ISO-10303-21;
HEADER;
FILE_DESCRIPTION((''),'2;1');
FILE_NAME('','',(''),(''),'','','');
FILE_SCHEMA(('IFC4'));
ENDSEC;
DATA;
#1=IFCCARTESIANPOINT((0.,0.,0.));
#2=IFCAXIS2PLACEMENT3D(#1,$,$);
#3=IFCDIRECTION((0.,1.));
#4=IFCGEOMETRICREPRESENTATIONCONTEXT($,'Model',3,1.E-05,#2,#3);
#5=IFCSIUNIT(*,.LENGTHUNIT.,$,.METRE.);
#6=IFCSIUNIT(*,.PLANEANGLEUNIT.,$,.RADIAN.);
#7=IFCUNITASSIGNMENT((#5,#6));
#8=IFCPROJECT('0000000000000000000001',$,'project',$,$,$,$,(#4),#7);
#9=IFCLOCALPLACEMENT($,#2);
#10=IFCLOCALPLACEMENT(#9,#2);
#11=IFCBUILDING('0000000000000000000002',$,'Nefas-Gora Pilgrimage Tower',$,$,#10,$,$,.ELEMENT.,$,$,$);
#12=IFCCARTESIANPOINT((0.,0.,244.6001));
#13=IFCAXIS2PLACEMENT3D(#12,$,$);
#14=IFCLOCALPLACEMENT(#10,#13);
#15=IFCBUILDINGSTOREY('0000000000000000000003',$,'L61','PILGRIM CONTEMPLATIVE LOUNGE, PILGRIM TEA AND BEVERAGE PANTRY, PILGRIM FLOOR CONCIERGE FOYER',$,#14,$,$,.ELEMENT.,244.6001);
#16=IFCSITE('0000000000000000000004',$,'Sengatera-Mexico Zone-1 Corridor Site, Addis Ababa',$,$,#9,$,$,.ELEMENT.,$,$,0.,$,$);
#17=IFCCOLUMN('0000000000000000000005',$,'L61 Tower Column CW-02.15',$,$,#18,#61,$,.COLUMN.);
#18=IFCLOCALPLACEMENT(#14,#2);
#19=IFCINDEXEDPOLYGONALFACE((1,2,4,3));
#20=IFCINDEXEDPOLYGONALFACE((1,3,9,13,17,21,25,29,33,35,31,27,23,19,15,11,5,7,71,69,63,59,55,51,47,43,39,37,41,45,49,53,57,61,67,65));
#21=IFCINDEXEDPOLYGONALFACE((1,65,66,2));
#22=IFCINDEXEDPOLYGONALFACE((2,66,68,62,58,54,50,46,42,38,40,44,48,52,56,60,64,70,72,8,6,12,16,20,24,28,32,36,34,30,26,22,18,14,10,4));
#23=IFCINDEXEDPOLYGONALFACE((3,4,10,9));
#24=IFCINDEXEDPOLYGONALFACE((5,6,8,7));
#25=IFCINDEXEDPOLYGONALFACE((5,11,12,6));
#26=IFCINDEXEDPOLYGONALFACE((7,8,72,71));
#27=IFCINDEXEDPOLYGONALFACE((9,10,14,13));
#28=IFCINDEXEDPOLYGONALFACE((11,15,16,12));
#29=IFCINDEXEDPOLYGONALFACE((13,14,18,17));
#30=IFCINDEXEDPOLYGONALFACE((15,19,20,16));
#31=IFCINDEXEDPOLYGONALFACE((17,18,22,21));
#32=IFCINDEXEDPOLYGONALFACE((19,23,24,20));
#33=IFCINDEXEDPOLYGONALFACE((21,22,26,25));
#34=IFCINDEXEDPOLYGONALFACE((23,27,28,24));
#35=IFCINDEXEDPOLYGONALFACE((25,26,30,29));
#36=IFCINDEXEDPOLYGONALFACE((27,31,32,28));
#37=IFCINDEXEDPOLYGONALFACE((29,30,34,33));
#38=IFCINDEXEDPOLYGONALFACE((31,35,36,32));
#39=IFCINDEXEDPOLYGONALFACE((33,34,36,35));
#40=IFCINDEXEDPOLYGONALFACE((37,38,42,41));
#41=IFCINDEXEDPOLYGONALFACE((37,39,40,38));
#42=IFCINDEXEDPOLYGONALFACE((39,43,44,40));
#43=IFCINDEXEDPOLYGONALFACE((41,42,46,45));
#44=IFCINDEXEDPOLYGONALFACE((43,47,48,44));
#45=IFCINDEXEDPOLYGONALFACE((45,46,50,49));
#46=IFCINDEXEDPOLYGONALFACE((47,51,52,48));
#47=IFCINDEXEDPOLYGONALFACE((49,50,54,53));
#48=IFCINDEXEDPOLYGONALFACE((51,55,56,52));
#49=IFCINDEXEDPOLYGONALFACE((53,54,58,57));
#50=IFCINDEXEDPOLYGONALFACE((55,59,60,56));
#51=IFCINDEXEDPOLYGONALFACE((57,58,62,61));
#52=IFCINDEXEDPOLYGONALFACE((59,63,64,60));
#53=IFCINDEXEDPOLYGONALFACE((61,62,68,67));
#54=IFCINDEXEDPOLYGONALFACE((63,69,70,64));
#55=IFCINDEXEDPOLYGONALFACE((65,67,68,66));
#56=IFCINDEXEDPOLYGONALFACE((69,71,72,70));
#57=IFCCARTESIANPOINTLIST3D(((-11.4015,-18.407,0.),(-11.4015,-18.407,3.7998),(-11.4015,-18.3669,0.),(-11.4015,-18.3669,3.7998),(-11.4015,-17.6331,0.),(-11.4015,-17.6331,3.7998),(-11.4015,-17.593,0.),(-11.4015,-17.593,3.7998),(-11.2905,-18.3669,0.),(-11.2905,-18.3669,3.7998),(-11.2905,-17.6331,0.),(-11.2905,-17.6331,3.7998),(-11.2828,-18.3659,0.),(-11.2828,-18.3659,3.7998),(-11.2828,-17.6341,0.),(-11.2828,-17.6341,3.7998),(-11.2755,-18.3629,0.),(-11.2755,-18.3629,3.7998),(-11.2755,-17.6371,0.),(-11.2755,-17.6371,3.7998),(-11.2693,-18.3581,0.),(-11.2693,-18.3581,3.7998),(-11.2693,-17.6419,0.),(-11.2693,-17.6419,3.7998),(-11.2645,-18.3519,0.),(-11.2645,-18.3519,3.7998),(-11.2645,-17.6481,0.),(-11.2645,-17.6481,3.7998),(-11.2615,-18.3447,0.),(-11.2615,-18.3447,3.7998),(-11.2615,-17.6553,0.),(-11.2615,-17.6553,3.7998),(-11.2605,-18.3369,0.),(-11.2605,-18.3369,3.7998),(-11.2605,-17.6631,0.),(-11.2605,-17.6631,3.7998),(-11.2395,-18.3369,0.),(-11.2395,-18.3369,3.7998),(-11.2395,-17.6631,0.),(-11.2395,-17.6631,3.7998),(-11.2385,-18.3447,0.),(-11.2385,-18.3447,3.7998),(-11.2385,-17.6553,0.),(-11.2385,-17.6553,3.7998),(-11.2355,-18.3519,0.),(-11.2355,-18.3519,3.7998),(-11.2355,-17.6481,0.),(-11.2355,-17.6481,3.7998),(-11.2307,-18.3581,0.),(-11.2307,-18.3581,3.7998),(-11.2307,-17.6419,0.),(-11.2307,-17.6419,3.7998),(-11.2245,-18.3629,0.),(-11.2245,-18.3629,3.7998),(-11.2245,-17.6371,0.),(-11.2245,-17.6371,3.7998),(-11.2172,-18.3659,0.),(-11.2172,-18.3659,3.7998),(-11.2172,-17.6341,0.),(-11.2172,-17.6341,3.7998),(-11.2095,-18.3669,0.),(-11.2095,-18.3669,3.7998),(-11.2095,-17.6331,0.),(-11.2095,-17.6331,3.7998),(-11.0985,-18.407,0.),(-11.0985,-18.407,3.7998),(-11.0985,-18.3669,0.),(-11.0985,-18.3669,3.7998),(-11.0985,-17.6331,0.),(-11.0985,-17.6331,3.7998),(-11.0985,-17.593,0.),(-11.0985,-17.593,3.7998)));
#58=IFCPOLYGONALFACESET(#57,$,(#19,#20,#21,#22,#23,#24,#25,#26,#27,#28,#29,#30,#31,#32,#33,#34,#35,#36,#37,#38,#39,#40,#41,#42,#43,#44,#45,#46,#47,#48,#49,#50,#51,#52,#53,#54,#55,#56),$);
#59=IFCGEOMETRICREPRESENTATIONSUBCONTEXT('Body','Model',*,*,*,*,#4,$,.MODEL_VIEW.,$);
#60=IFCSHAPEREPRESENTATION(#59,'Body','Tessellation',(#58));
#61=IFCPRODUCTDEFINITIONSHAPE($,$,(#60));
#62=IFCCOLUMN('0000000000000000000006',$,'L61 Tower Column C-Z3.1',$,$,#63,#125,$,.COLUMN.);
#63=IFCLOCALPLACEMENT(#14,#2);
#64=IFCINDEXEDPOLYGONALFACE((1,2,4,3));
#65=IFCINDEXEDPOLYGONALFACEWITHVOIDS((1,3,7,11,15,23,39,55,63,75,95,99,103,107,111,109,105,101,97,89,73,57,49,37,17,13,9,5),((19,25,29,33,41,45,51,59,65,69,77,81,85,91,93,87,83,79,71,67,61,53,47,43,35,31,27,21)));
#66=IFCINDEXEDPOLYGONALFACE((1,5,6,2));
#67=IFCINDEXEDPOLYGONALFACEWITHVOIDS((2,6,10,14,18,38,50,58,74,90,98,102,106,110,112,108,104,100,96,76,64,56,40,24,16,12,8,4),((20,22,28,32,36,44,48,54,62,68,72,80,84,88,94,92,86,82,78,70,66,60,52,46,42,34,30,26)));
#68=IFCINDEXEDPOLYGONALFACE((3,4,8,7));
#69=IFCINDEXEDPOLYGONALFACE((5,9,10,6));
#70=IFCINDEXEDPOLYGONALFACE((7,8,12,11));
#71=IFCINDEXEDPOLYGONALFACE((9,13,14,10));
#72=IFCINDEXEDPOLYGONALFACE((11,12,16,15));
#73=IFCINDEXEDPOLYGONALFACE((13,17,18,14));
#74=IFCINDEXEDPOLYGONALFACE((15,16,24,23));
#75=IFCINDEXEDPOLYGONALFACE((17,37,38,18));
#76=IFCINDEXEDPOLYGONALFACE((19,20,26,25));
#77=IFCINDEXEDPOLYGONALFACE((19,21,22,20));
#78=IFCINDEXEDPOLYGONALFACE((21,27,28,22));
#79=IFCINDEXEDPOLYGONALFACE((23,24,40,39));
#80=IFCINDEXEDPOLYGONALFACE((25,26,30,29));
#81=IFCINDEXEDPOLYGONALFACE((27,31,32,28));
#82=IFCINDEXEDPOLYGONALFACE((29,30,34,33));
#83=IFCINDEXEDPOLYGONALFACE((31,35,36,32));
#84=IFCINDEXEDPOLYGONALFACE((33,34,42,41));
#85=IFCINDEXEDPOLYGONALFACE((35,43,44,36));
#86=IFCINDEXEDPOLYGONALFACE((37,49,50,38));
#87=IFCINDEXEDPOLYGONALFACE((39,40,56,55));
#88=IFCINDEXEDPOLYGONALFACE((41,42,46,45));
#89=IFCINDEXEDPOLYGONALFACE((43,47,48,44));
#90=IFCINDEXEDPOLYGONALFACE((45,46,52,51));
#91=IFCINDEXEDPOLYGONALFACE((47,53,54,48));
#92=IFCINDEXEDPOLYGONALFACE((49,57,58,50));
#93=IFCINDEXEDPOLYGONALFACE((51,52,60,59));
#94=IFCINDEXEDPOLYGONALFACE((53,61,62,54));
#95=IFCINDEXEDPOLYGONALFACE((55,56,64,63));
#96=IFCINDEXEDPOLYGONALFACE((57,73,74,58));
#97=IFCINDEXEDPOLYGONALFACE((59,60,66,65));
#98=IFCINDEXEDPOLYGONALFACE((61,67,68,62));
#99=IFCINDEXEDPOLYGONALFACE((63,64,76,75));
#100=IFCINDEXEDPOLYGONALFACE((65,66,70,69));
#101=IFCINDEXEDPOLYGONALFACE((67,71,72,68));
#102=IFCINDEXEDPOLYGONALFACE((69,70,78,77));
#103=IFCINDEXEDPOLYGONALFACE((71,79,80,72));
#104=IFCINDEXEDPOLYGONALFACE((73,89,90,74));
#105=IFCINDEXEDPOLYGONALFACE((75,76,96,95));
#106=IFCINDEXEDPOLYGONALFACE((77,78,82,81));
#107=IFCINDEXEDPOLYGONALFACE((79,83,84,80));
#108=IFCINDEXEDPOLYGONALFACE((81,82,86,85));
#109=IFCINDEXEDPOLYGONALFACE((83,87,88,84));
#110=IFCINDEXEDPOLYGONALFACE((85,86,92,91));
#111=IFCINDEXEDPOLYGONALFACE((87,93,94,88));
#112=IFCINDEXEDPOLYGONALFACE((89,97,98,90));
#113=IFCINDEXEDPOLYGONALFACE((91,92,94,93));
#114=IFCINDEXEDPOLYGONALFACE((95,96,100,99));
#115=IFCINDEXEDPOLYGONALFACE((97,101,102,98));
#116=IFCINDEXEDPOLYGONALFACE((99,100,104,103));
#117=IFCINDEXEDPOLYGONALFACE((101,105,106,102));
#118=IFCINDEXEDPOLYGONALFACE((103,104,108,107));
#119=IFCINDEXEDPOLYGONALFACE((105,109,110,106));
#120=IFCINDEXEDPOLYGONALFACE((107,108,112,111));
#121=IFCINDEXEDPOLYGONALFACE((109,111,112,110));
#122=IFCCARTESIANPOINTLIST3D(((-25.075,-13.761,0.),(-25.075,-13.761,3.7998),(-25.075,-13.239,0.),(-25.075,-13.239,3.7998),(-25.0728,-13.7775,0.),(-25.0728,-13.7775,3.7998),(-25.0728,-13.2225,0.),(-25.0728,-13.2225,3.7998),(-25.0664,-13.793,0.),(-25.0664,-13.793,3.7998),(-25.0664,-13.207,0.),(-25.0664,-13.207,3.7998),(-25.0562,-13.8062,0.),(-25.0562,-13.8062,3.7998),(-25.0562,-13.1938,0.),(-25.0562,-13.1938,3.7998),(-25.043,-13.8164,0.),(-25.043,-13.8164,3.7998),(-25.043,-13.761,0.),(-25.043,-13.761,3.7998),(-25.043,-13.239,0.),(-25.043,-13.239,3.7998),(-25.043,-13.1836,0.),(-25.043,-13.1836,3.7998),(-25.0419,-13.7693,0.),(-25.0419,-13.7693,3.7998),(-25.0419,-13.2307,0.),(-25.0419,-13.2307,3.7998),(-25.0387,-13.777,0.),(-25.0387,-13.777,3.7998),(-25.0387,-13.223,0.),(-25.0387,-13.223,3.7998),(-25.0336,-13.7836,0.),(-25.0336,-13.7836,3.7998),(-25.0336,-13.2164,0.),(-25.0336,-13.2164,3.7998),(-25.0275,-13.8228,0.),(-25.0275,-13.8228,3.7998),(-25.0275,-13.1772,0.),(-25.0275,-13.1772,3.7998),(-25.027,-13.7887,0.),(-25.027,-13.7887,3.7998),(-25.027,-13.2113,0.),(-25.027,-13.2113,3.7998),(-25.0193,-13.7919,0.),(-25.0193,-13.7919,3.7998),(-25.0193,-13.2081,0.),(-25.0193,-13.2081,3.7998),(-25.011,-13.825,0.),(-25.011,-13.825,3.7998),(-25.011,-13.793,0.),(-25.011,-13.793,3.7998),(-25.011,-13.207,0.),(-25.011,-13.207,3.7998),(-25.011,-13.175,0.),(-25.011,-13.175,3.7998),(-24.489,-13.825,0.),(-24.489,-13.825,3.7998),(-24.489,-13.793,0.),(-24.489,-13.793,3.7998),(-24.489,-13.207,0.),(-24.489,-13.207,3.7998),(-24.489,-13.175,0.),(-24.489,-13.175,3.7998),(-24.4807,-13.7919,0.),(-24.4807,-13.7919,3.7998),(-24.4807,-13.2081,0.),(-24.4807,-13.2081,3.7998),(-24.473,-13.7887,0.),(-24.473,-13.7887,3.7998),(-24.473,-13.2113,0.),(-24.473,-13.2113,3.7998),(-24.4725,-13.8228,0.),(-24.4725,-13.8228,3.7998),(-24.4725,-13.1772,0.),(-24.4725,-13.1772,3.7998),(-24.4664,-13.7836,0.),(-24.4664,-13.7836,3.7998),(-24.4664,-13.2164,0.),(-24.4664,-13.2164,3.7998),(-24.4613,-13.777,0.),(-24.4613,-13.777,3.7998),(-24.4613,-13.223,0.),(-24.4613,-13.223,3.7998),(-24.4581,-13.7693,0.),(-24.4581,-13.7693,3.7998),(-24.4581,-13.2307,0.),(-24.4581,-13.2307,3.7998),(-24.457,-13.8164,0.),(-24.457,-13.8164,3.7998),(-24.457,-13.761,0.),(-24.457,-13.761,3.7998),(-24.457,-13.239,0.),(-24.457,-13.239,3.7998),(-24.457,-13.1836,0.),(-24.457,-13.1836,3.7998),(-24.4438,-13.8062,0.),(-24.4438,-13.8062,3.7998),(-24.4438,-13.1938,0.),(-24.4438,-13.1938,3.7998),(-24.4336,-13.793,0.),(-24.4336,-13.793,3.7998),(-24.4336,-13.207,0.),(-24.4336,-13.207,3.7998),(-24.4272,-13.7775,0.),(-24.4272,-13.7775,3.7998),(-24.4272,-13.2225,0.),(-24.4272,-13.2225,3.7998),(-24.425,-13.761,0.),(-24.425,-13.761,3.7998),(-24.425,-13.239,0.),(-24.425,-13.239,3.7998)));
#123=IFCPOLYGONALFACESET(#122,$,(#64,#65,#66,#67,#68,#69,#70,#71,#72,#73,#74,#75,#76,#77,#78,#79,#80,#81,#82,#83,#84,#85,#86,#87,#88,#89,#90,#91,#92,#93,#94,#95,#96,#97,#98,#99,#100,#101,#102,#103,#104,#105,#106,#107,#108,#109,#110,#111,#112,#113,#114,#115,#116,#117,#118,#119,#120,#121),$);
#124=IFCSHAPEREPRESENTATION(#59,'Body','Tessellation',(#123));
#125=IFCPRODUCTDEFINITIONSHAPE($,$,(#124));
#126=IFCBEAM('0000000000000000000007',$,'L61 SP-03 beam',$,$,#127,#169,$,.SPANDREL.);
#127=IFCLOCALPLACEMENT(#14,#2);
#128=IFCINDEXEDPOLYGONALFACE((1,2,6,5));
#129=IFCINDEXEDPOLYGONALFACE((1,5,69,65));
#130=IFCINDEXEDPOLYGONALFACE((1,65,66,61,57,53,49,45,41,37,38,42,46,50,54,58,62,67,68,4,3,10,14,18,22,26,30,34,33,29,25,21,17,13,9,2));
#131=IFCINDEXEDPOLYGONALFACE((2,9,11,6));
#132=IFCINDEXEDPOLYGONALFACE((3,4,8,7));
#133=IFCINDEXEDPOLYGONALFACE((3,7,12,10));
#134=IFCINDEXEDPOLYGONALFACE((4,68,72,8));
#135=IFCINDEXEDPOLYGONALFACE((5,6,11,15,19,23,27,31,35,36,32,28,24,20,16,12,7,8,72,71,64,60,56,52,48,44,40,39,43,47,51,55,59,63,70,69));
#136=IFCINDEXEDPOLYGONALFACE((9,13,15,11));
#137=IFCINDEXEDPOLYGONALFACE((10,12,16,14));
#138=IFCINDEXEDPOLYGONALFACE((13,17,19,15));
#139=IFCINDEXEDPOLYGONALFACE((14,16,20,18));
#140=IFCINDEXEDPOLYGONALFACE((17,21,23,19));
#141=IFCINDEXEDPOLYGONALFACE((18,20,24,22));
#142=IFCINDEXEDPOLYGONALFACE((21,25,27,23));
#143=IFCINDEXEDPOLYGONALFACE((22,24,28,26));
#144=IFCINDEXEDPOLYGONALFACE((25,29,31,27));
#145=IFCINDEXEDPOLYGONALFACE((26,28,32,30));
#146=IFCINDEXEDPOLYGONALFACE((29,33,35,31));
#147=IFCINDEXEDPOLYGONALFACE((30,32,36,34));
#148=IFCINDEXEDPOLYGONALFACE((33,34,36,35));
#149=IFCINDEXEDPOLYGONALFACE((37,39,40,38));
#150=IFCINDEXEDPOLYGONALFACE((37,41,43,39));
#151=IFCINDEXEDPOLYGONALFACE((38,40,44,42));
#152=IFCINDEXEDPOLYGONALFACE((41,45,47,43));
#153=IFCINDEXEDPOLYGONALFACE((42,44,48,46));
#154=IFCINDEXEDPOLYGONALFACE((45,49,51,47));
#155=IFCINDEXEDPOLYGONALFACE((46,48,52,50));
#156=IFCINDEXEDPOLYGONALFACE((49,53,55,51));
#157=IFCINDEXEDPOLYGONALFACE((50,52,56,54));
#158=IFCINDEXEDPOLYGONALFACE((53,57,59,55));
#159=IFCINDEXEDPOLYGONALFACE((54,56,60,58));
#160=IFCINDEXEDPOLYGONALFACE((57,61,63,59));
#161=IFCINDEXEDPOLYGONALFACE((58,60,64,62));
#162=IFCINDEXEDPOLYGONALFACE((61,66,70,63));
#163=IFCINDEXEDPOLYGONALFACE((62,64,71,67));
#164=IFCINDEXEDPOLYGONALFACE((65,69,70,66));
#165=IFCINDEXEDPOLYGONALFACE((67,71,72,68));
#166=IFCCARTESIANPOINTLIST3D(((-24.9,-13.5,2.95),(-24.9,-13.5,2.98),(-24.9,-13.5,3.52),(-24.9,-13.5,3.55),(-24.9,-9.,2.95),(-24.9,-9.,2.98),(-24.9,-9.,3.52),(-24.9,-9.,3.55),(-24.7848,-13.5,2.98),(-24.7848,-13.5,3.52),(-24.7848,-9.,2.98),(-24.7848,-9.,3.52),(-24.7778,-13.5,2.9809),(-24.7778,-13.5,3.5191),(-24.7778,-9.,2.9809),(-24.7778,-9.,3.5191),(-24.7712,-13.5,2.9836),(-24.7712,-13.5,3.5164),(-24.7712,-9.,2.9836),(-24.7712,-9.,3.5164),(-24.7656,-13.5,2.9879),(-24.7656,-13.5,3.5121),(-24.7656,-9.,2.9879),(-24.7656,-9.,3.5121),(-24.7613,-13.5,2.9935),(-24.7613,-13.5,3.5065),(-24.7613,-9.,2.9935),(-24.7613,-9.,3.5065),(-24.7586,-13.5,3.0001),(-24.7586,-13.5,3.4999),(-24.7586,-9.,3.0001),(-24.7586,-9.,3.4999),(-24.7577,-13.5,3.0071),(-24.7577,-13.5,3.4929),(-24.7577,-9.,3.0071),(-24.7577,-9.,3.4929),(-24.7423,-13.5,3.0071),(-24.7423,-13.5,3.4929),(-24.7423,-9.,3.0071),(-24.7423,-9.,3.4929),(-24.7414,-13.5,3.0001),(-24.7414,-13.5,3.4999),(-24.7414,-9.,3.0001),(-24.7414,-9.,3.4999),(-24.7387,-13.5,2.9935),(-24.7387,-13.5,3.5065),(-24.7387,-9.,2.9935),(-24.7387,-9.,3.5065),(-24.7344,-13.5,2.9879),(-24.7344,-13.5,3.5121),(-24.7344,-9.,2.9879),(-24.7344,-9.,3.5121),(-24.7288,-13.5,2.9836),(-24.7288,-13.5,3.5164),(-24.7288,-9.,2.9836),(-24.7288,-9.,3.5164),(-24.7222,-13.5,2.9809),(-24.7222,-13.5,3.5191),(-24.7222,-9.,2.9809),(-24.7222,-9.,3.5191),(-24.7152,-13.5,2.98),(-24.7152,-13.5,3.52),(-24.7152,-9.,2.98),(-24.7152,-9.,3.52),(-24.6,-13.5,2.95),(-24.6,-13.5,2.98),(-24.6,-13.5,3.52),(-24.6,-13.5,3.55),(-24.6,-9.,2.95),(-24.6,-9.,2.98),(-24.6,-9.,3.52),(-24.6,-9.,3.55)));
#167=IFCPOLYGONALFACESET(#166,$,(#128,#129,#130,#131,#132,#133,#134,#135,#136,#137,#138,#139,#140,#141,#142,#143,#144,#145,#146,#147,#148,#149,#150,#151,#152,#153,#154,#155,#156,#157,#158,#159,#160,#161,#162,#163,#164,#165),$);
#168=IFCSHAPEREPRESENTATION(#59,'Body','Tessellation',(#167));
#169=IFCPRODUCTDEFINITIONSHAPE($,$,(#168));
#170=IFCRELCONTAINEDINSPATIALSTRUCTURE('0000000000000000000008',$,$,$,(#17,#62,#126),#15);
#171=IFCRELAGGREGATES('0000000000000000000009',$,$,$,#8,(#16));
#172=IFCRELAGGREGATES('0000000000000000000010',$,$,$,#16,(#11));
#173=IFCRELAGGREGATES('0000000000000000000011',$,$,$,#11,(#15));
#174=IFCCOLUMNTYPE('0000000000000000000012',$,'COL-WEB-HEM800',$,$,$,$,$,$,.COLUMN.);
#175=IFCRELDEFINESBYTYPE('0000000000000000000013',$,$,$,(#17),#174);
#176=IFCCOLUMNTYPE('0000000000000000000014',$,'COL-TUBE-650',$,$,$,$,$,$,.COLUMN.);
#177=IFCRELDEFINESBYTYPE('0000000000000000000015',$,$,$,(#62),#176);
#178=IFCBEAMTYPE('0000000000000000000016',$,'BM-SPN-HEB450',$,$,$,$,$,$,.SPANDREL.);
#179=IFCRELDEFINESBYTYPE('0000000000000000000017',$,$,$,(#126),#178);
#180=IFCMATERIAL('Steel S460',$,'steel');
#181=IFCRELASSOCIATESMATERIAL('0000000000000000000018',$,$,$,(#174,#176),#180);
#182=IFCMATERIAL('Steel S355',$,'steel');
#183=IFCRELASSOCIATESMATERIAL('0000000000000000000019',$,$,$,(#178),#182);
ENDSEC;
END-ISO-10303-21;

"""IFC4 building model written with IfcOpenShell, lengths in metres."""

from ifc_helpers import new_model, si_unit, direction, frame, origin, origin_2d, place, context, subcontext, project, spatial, hollow_rectangle, i_section, extrude, source, transform, mapped, material, material_profile, profile_set, type_object, element, save


model = new_model("IFC4")

# Units and contexts
model_context = context("Model", 3, precision=1e-05, world=origin(), true_north=direction((0.0, 1.0)))
body_context = subcontext(model_context, "Body", "Model", "MODEL_VIEW")
ifc_project = project(units=[si_unit("LENGTHUNIT", "METRE"), si_unit("PLANEANGLEUNIT", "RADIAN")], contexts=[model_context])

# Site, building, storey
site_placement = place(None, origin())
site = spatial("IfcSite", under=ifc_project, at=site_placement, Name="Sengatera-Mexico Zone-1 Corridor Site, Addis Ababa", CompositionType="ELEMENT", RefElevation=0.0)
building_placement = place(site_placement, origin())
building = spatial("IfcBuilding", under=site, at=building_placement, Name="Nefas-Gora Pilgrimage Tower", CompositionType="ELEMENT")
storey_placement = place(building_placement, frame((0.0, 0.0, 244.6001)))
storey = spatial("IfcBuildingStorey", under=building, at=storey_placement, Name="L61", Description="PILGRIM CONTEMPLATIVE LOUNGE, PILGRIM TEA AND BEVERAGE PANTRY, PILGRIM FLOOR CONCIERGE FOYER", CompositionType="ELEMENT", Elevation=244.6001)

# Columns
ifc_material_1 = material(Name="Steel S460", Category="steel")
ifc_material_profile_1 = material_profile(ifc_material_1, i_section(OverallWidth=0.303, OverallDepth=0.814, WebThickness=0.021, FlangeThickness=0.04, FilletRadius=0.03, at=origin_2d()), Name="HEM 800")
ifc_profile_set_1 = profile_set([ifc_material_profile_1], Name="Steel S460")
column_type_1 = type_object("IfcColumnType", Name="COL-WEB-HEM800", PredefinedType="COLUMN", material=ifc_profile_set_1)
shared_shape_1 = source(origin(), body_context, "Body", "SweptSolid", [
    extrude(i_section(OverallWidth=0.303, OverallDepth=0.814, WebThickness=0.021, FlangeThickness=0.04, FilletRadius=0.03, at=origin_2d()), origin(), (0.0, 0.0, 1.0), 3.7998),
])
column_1_placement = place(storey_placement, frame((-11.25, -18.0, 0.0), z_axis=(0.0, 0.0, 1.0), x_axis=(1.0, 0.0, 0.0)))
element("IfcColumn", 1, at=column_1_placement, inside=storey, type_object=column_type_1, Name="L61 Tower Column CW-02.15", PredefinedType="COLUMN", context=body_context, shape_type="MappedRepresentation", body=[
    mapped(shared_shape_1, transform((0.0, 0.0, 0.0), x_axis=(1.0, 0.0, 0.0), y_axis=(0.0, 1.0, 0.0), z_axis=(0.0, 0.0, 1.0), scale=1.0)),
])
ifc_material_profile_2 = material_profile(ifc_material_1, hollow_rectangle(XDim=0.6499, YDim=0.6499, WallThickness=0.032, InnerFilletRadius=0.032, OuterFilletRadius=0.064, at=origin_2d()), Name="BOX 650x650x32")
ifc_profile_set_2 = profile_set([ifc_material_profile_2], Name="Steel S460")
column_type_2 = type_object("IfcColumnType", Name="COL-TUBE-650", PredefinedType="COLUMN", material=ifc_profile_set_2)
shared_shape_2 = source(origin(), body_context, "Body", "SweptSolid", [
    extrude(hollow_rectangle(XDim=0.6499, YDim=0.6499, WallThickness=0.032, InnerFilletRadius=0.032, OuterFilletRadius=0.064, at=origin_2d()), origin(), (0.0, 0.0, 1.0), 3.7998),
])
column_2_placement = place(storey_placement, frame((-24.75, -13.5, 0.0), z_axis=(0.0, 0.0, 1.0), x_axis=(1.0, 0.0, 0.0)))
element("IfcColumn", 2, at=column_2_placement, inside=storey, type_object=column_type_2, Name="L61 Tower Column C-Z3.1", PredefinedType="COLUMN", context=body_context, shape_type="MappedRepresentation", body=[
    mapped(shared_shape_2, transform((0.0, 0.0, 0.0), x_axis=(1.0, 0.0, 0.0), y_axis=(0.0, 1.0, 0.0), z_axis=(0.0, 0.0, 1.0), scale=1.0)),
])

# Beam
ifc_material_2 = material(Name="Steel S355", Category="steel")
ifc_material_profile_3 = material_profile(ifc_material_2, i_section(OverallWidth=0.3, OverallDepth=0.6001, WebThickness=0.0154, FlangeThickness=0.03, FilletRadius=0.0271, at=origin_2d()), Name="HEB 600")
ifc_profile_set_3 = profile_set([ifc_material_profile_3], Name="Steel S355")
beam_type_1 = type_object("IfcBeamType", Name="BM-SPN-HEB450", PredefinedType="SPANDREL", material=ifc_profile_set_3)
shared_shape_3 = source(origin(), body_context, "Body", "SweptSolid", [
    extrude(i_section(OverallWidth=0.3, OverallDepth=0.6001, WebThickness=0.0154, FlangeThickness=0.03, FilletRadius=0.0271, at=origin_2d()), origin(), (0.0, 0.0, 1.0), 4.5),
])
beam_1_placement = place(storey_placement, frame((-24.75, -13.5, 3.25), z_axis=(0.0, 1.0, 0.0), x_axis=(-1.0, 0.0, 0.0)))
element("IfcBeam", 3, at=beam_1_placement, inside=storey, type_object=beam_type_1, Name="L61 SP-03 beam", PredefinedType="SPANDREL", context=body_context, shape_type="MappedRepresentation", body=[
    mapped(shared_shape_3, transform((0.0, 0.0, 0.0), x_axis=(1.0, 0.0, 0.0), y_axis=(0.0, 1.0, 0.0), z_axis=(0.0, 0.0, 1.0), scale=1.0)),
])

save(model, "model.ifc")
